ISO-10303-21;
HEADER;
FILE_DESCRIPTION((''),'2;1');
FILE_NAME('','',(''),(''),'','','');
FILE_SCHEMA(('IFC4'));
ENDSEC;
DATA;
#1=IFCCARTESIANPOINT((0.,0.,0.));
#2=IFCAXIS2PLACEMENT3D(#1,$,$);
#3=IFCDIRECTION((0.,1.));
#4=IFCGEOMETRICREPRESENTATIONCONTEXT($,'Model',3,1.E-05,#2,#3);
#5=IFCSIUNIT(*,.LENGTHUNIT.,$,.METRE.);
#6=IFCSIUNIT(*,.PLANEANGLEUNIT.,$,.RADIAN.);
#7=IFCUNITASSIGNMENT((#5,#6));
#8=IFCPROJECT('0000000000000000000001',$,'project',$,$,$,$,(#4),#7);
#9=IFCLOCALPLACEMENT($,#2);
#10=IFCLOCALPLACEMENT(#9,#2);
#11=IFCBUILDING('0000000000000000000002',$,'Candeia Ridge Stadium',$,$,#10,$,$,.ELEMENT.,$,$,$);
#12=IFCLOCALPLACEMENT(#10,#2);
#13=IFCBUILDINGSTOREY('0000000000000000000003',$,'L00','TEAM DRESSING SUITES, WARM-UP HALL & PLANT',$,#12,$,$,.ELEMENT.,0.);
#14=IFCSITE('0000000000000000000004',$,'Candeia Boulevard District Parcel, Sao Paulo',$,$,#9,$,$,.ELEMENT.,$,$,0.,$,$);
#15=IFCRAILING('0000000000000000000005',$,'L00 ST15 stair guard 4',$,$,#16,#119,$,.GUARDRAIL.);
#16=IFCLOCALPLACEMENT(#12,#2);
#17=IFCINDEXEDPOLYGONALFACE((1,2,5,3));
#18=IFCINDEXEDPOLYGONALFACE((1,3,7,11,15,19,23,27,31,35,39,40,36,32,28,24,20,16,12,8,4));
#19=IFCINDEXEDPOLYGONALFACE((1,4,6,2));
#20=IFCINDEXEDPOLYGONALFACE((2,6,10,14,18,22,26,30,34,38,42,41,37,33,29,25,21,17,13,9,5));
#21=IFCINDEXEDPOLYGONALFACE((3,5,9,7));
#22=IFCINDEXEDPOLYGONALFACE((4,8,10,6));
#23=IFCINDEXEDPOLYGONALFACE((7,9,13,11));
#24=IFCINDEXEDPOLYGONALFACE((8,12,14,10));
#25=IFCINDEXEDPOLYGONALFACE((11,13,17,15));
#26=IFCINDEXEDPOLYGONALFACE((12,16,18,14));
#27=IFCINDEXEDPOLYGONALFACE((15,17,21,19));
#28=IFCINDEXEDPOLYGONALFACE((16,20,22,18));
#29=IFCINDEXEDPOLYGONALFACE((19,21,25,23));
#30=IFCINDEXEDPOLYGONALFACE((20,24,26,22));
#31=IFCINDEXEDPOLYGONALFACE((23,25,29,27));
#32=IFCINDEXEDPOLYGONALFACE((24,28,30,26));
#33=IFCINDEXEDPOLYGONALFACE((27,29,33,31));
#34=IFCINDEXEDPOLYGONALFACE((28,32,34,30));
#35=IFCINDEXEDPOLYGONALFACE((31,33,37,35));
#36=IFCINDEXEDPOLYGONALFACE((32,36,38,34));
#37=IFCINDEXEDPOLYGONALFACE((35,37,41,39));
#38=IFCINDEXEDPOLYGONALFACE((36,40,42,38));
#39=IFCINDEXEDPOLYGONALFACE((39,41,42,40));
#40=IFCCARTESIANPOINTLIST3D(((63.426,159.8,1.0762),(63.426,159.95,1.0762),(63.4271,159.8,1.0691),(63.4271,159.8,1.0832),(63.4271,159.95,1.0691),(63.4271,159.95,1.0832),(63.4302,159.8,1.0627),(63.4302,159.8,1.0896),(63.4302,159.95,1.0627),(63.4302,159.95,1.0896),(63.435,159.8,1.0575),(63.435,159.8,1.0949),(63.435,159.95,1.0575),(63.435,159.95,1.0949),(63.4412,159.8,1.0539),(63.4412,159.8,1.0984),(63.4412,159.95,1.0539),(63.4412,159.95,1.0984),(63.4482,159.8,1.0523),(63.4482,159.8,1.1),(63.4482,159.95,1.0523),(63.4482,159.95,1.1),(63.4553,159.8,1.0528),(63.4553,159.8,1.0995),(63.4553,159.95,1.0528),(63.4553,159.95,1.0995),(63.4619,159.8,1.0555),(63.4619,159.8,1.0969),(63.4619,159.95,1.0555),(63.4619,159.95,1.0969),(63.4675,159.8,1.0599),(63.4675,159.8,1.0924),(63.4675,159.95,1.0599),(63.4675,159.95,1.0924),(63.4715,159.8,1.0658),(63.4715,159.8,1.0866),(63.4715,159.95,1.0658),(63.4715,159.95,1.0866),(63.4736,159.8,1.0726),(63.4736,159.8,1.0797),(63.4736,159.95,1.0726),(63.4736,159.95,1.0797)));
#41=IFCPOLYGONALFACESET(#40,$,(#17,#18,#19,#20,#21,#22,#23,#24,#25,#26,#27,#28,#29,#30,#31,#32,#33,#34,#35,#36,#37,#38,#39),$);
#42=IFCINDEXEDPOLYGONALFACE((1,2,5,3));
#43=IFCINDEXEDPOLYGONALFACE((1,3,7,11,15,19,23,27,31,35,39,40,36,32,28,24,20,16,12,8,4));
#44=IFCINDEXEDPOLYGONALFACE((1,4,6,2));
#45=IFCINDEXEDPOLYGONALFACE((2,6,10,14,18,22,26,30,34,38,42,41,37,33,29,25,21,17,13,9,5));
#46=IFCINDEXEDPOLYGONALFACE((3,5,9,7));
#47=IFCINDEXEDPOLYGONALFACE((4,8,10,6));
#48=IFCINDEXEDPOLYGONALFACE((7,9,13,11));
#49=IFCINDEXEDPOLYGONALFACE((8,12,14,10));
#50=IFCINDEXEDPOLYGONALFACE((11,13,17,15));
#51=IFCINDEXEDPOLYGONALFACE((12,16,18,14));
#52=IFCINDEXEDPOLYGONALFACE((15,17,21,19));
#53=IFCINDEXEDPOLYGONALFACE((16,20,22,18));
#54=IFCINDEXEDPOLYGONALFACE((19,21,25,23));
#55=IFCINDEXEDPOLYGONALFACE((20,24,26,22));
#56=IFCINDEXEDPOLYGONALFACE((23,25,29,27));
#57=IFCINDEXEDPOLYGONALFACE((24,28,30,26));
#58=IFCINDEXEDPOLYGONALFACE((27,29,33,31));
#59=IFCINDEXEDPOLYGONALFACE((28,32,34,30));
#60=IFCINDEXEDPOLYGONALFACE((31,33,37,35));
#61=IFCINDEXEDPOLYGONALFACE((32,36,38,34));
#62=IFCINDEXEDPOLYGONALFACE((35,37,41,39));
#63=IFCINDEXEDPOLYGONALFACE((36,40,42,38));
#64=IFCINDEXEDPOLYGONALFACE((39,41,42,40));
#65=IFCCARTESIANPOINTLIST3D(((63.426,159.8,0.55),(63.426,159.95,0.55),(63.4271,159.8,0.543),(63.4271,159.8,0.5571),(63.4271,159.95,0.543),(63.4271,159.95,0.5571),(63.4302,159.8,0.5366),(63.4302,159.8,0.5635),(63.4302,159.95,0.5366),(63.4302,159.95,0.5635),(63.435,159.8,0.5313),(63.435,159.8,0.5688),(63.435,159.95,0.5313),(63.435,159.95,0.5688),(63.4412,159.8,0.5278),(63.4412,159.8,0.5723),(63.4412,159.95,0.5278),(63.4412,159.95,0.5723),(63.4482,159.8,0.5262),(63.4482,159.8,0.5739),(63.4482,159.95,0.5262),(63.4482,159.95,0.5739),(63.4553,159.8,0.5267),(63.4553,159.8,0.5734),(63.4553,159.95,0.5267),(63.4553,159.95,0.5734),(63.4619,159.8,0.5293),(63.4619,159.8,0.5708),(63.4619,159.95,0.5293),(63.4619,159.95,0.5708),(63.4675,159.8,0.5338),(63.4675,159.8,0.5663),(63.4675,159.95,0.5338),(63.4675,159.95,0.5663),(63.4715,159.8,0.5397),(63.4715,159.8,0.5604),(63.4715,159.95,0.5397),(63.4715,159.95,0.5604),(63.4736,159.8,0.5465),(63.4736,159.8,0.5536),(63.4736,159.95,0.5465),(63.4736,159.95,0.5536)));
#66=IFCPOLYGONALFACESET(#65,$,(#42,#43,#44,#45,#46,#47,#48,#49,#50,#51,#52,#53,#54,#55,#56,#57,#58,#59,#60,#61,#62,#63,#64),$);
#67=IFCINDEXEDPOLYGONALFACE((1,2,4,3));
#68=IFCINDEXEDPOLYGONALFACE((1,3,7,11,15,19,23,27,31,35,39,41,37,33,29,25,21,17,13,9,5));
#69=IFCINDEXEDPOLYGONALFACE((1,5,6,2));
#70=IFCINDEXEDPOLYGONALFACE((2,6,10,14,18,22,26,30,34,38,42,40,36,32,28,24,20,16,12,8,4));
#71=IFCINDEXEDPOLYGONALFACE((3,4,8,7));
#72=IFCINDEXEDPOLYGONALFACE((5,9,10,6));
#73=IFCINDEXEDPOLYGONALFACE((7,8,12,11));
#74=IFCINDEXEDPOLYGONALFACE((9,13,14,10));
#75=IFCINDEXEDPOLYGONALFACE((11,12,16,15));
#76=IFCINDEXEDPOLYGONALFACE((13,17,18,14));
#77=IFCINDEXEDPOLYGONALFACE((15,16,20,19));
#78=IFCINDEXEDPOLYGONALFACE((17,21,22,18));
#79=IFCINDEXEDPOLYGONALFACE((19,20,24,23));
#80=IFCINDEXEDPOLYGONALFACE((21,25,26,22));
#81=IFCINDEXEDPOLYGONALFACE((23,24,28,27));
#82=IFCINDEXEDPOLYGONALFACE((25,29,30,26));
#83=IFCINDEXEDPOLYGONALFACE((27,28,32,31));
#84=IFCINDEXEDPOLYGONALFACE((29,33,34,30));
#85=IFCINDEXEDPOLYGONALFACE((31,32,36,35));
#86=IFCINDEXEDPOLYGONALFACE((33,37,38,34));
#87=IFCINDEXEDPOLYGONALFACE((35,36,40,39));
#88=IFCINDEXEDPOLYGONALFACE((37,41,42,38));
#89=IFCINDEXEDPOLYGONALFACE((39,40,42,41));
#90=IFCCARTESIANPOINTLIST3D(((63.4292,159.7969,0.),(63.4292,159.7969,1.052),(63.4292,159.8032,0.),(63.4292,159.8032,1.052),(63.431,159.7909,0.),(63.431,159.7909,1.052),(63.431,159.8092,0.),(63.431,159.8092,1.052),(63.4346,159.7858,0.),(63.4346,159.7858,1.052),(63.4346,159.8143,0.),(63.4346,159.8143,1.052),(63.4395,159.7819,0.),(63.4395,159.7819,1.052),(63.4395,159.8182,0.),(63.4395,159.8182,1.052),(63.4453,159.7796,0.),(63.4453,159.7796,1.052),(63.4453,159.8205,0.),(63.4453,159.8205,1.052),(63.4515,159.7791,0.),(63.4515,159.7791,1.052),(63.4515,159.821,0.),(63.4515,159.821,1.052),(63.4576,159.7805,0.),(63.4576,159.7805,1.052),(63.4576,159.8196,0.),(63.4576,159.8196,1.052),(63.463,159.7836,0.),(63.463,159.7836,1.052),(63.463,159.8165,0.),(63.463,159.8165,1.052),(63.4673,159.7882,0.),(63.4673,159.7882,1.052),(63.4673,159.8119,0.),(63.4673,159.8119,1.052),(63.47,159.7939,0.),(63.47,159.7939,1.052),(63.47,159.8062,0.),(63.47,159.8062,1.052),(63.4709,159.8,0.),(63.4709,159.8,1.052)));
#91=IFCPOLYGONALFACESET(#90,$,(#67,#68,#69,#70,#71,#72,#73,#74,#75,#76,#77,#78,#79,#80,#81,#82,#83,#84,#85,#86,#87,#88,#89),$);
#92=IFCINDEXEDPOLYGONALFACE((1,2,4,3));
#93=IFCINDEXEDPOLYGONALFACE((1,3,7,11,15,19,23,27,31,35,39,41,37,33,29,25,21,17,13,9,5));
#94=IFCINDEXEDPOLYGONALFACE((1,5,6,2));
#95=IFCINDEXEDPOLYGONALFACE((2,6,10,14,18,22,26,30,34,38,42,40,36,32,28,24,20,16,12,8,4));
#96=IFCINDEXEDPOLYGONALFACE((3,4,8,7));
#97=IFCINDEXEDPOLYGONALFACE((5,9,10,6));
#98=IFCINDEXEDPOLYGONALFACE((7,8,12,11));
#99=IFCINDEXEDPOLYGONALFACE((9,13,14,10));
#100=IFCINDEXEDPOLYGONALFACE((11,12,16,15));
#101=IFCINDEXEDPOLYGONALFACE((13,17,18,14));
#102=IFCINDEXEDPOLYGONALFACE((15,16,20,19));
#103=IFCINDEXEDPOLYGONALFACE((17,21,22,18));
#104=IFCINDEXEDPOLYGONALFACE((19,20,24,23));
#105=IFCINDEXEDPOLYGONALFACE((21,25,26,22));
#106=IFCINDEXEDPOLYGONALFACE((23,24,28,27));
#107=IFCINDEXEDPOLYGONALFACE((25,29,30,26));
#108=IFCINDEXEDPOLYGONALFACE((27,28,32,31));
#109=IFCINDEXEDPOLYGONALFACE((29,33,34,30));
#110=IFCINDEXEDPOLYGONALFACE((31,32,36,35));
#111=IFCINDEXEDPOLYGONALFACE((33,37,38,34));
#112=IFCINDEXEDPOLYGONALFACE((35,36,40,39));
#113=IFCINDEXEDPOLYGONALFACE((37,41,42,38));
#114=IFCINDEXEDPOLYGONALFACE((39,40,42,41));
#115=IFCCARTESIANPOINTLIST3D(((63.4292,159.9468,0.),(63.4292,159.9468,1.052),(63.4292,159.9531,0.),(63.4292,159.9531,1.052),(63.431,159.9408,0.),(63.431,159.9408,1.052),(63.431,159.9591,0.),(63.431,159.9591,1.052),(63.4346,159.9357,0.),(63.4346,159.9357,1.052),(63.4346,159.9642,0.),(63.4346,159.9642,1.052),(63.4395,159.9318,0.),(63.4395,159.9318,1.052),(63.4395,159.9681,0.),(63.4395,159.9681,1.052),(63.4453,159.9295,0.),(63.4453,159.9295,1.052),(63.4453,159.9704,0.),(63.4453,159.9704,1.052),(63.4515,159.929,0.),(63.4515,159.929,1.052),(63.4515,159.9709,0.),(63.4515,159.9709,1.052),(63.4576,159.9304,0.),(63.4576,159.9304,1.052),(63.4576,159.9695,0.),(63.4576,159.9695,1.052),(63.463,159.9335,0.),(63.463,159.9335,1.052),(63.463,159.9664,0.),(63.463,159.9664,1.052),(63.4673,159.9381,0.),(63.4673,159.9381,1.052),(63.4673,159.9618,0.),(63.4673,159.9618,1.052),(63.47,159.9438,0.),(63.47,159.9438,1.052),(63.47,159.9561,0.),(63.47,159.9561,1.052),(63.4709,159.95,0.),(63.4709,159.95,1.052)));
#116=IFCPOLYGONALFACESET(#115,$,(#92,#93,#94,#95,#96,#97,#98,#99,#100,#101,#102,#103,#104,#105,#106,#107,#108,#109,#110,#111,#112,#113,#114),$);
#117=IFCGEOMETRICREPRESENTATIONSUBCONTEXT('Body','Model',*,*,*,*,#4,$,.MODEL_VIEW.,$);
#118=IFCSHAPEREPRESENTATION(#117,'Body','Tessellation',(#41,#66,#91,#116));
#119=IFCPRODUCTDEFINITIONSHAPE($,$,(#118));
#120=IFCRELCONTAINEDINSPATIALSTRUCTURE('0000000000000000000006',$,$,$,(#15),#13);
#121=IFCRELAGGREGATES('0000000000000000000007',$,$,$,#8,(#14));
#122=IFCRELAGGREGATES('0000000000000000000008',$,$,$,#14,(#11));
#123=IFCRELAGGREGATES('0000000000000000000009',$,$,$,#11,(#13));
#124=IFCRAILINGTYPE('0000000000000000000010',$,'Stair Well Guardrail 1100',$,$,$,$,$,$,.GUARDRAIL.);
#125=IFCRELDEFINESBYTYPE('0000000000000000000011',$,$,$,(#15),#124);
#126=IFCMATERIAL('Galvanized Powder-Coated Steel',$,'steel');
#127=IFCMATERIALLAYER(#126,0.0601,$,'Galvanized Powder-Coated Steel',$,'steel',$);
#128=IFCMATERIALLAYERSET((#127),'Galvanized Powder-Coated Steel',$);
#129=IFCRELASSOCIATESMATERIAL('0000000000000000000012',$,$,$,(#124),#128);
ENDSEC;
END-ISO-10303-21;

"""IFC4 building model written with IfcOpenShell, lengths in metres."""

from ifc_helpers import new_model, si_unit, direction, frame, origin, origin_2d, place, context, subcontext, project, spatial, circle, extrude, material, layer, layer_set, type_object, element, save


model = new_model("IFC4")

# Units and contexts
model_context = context("Model", 3, precision=1e-05, world=origin(), true_north=direction((0.0, 1.0)))
body_context = subcontext(model_context, "Body", "Model", "MODEL_VIEW")
ifc_project = project(units=[si_unit("LENGTHUNIT", "METRE"), si_unit("PLANEANGLEUNIT", "RADIAN")], contexts=[model_context])

# Site, building, storey
site_placement = place(None, origin())
site = spatial("IfcSite", under=ifc_project, at=site_placement, Name="Candeia Boulevard District Parcel, Sao Paulo", CompositionType="ELEMENT", RefElevation=0.0)
building_placement = place(site_placement, origin())
building = spatial("IfcBuilding", under=site, at=building_placement, Name="Candeia Ridge Stadium", CompositionType="ELEMENT")
storey_placement = place(building_placement, origin())
storey = spatial("IfcBuildingStorey", under=building, at=storey_placement, Name="L00", Description="TEAM DRESSING SUITES, WARM-UP HALL & PLANT", CompositionType="ELEMENT", Elevation=0.0)

# Railing
ifc_material_1 = material(Name="Galvanized Powder-Coated Steel", Category="steel")
ifc_layer_1 = layer(ifc_material_1, 0.0601, Name="Galvanized Powder-Coated Steel", Category="steel")
ifc_layer_set_1 = layer_set([ifc_layer_1], Name="Galvanized Powder-Coated Steel")
railing_type_1 = type_object("IfcRailingType", Name="Stair Well Guardrail 1100", PredefinedType="GUARDRAIL", material=ifc_layer_set_1)
railing_1_placement = place(storey_placement, frame((63.45, 159.8, 0.0)))
element("IfcRailing", 1, at=railing_1_placement, inside=storey, type_object=railing_type_1, Name="L00 ST15 stair guard 4", PredefinedType="GUARDRAIL", context=body_context, shape_type="SweptSolid", body=[
    extrude(circle(Radius=0.0239, at=origin_2d()), frame((0.0, 0.0, 1.0762), z_axis=(0.0, 1.0, 0.0), x_axis=(-1.0, 0.0, 0.0)), (0.0, 0.0, 1.0), 0.1499),
    extrude(circle(Radius=0.0239, at=origin_2d()), frame((0.0, 0.0, 0.55), z_axis=(0.0, 1.0, 0.0), x_axis=(-1.0, 0.0, 0.0)), (0.0, 0.0, 1.0), 0.1499),
    extrude(circle(Radius=0.021, at=origin_2d()), origin(), (0.0, 0.0, 1.0), 1.052),
    extrude(circle(Radius=0.021, at=origin_2d()), frame((0.0, 0.1499, 0.0)), (0.0, 0.0, 1.0), 1.052),
])

save(model, "model.ifc")
